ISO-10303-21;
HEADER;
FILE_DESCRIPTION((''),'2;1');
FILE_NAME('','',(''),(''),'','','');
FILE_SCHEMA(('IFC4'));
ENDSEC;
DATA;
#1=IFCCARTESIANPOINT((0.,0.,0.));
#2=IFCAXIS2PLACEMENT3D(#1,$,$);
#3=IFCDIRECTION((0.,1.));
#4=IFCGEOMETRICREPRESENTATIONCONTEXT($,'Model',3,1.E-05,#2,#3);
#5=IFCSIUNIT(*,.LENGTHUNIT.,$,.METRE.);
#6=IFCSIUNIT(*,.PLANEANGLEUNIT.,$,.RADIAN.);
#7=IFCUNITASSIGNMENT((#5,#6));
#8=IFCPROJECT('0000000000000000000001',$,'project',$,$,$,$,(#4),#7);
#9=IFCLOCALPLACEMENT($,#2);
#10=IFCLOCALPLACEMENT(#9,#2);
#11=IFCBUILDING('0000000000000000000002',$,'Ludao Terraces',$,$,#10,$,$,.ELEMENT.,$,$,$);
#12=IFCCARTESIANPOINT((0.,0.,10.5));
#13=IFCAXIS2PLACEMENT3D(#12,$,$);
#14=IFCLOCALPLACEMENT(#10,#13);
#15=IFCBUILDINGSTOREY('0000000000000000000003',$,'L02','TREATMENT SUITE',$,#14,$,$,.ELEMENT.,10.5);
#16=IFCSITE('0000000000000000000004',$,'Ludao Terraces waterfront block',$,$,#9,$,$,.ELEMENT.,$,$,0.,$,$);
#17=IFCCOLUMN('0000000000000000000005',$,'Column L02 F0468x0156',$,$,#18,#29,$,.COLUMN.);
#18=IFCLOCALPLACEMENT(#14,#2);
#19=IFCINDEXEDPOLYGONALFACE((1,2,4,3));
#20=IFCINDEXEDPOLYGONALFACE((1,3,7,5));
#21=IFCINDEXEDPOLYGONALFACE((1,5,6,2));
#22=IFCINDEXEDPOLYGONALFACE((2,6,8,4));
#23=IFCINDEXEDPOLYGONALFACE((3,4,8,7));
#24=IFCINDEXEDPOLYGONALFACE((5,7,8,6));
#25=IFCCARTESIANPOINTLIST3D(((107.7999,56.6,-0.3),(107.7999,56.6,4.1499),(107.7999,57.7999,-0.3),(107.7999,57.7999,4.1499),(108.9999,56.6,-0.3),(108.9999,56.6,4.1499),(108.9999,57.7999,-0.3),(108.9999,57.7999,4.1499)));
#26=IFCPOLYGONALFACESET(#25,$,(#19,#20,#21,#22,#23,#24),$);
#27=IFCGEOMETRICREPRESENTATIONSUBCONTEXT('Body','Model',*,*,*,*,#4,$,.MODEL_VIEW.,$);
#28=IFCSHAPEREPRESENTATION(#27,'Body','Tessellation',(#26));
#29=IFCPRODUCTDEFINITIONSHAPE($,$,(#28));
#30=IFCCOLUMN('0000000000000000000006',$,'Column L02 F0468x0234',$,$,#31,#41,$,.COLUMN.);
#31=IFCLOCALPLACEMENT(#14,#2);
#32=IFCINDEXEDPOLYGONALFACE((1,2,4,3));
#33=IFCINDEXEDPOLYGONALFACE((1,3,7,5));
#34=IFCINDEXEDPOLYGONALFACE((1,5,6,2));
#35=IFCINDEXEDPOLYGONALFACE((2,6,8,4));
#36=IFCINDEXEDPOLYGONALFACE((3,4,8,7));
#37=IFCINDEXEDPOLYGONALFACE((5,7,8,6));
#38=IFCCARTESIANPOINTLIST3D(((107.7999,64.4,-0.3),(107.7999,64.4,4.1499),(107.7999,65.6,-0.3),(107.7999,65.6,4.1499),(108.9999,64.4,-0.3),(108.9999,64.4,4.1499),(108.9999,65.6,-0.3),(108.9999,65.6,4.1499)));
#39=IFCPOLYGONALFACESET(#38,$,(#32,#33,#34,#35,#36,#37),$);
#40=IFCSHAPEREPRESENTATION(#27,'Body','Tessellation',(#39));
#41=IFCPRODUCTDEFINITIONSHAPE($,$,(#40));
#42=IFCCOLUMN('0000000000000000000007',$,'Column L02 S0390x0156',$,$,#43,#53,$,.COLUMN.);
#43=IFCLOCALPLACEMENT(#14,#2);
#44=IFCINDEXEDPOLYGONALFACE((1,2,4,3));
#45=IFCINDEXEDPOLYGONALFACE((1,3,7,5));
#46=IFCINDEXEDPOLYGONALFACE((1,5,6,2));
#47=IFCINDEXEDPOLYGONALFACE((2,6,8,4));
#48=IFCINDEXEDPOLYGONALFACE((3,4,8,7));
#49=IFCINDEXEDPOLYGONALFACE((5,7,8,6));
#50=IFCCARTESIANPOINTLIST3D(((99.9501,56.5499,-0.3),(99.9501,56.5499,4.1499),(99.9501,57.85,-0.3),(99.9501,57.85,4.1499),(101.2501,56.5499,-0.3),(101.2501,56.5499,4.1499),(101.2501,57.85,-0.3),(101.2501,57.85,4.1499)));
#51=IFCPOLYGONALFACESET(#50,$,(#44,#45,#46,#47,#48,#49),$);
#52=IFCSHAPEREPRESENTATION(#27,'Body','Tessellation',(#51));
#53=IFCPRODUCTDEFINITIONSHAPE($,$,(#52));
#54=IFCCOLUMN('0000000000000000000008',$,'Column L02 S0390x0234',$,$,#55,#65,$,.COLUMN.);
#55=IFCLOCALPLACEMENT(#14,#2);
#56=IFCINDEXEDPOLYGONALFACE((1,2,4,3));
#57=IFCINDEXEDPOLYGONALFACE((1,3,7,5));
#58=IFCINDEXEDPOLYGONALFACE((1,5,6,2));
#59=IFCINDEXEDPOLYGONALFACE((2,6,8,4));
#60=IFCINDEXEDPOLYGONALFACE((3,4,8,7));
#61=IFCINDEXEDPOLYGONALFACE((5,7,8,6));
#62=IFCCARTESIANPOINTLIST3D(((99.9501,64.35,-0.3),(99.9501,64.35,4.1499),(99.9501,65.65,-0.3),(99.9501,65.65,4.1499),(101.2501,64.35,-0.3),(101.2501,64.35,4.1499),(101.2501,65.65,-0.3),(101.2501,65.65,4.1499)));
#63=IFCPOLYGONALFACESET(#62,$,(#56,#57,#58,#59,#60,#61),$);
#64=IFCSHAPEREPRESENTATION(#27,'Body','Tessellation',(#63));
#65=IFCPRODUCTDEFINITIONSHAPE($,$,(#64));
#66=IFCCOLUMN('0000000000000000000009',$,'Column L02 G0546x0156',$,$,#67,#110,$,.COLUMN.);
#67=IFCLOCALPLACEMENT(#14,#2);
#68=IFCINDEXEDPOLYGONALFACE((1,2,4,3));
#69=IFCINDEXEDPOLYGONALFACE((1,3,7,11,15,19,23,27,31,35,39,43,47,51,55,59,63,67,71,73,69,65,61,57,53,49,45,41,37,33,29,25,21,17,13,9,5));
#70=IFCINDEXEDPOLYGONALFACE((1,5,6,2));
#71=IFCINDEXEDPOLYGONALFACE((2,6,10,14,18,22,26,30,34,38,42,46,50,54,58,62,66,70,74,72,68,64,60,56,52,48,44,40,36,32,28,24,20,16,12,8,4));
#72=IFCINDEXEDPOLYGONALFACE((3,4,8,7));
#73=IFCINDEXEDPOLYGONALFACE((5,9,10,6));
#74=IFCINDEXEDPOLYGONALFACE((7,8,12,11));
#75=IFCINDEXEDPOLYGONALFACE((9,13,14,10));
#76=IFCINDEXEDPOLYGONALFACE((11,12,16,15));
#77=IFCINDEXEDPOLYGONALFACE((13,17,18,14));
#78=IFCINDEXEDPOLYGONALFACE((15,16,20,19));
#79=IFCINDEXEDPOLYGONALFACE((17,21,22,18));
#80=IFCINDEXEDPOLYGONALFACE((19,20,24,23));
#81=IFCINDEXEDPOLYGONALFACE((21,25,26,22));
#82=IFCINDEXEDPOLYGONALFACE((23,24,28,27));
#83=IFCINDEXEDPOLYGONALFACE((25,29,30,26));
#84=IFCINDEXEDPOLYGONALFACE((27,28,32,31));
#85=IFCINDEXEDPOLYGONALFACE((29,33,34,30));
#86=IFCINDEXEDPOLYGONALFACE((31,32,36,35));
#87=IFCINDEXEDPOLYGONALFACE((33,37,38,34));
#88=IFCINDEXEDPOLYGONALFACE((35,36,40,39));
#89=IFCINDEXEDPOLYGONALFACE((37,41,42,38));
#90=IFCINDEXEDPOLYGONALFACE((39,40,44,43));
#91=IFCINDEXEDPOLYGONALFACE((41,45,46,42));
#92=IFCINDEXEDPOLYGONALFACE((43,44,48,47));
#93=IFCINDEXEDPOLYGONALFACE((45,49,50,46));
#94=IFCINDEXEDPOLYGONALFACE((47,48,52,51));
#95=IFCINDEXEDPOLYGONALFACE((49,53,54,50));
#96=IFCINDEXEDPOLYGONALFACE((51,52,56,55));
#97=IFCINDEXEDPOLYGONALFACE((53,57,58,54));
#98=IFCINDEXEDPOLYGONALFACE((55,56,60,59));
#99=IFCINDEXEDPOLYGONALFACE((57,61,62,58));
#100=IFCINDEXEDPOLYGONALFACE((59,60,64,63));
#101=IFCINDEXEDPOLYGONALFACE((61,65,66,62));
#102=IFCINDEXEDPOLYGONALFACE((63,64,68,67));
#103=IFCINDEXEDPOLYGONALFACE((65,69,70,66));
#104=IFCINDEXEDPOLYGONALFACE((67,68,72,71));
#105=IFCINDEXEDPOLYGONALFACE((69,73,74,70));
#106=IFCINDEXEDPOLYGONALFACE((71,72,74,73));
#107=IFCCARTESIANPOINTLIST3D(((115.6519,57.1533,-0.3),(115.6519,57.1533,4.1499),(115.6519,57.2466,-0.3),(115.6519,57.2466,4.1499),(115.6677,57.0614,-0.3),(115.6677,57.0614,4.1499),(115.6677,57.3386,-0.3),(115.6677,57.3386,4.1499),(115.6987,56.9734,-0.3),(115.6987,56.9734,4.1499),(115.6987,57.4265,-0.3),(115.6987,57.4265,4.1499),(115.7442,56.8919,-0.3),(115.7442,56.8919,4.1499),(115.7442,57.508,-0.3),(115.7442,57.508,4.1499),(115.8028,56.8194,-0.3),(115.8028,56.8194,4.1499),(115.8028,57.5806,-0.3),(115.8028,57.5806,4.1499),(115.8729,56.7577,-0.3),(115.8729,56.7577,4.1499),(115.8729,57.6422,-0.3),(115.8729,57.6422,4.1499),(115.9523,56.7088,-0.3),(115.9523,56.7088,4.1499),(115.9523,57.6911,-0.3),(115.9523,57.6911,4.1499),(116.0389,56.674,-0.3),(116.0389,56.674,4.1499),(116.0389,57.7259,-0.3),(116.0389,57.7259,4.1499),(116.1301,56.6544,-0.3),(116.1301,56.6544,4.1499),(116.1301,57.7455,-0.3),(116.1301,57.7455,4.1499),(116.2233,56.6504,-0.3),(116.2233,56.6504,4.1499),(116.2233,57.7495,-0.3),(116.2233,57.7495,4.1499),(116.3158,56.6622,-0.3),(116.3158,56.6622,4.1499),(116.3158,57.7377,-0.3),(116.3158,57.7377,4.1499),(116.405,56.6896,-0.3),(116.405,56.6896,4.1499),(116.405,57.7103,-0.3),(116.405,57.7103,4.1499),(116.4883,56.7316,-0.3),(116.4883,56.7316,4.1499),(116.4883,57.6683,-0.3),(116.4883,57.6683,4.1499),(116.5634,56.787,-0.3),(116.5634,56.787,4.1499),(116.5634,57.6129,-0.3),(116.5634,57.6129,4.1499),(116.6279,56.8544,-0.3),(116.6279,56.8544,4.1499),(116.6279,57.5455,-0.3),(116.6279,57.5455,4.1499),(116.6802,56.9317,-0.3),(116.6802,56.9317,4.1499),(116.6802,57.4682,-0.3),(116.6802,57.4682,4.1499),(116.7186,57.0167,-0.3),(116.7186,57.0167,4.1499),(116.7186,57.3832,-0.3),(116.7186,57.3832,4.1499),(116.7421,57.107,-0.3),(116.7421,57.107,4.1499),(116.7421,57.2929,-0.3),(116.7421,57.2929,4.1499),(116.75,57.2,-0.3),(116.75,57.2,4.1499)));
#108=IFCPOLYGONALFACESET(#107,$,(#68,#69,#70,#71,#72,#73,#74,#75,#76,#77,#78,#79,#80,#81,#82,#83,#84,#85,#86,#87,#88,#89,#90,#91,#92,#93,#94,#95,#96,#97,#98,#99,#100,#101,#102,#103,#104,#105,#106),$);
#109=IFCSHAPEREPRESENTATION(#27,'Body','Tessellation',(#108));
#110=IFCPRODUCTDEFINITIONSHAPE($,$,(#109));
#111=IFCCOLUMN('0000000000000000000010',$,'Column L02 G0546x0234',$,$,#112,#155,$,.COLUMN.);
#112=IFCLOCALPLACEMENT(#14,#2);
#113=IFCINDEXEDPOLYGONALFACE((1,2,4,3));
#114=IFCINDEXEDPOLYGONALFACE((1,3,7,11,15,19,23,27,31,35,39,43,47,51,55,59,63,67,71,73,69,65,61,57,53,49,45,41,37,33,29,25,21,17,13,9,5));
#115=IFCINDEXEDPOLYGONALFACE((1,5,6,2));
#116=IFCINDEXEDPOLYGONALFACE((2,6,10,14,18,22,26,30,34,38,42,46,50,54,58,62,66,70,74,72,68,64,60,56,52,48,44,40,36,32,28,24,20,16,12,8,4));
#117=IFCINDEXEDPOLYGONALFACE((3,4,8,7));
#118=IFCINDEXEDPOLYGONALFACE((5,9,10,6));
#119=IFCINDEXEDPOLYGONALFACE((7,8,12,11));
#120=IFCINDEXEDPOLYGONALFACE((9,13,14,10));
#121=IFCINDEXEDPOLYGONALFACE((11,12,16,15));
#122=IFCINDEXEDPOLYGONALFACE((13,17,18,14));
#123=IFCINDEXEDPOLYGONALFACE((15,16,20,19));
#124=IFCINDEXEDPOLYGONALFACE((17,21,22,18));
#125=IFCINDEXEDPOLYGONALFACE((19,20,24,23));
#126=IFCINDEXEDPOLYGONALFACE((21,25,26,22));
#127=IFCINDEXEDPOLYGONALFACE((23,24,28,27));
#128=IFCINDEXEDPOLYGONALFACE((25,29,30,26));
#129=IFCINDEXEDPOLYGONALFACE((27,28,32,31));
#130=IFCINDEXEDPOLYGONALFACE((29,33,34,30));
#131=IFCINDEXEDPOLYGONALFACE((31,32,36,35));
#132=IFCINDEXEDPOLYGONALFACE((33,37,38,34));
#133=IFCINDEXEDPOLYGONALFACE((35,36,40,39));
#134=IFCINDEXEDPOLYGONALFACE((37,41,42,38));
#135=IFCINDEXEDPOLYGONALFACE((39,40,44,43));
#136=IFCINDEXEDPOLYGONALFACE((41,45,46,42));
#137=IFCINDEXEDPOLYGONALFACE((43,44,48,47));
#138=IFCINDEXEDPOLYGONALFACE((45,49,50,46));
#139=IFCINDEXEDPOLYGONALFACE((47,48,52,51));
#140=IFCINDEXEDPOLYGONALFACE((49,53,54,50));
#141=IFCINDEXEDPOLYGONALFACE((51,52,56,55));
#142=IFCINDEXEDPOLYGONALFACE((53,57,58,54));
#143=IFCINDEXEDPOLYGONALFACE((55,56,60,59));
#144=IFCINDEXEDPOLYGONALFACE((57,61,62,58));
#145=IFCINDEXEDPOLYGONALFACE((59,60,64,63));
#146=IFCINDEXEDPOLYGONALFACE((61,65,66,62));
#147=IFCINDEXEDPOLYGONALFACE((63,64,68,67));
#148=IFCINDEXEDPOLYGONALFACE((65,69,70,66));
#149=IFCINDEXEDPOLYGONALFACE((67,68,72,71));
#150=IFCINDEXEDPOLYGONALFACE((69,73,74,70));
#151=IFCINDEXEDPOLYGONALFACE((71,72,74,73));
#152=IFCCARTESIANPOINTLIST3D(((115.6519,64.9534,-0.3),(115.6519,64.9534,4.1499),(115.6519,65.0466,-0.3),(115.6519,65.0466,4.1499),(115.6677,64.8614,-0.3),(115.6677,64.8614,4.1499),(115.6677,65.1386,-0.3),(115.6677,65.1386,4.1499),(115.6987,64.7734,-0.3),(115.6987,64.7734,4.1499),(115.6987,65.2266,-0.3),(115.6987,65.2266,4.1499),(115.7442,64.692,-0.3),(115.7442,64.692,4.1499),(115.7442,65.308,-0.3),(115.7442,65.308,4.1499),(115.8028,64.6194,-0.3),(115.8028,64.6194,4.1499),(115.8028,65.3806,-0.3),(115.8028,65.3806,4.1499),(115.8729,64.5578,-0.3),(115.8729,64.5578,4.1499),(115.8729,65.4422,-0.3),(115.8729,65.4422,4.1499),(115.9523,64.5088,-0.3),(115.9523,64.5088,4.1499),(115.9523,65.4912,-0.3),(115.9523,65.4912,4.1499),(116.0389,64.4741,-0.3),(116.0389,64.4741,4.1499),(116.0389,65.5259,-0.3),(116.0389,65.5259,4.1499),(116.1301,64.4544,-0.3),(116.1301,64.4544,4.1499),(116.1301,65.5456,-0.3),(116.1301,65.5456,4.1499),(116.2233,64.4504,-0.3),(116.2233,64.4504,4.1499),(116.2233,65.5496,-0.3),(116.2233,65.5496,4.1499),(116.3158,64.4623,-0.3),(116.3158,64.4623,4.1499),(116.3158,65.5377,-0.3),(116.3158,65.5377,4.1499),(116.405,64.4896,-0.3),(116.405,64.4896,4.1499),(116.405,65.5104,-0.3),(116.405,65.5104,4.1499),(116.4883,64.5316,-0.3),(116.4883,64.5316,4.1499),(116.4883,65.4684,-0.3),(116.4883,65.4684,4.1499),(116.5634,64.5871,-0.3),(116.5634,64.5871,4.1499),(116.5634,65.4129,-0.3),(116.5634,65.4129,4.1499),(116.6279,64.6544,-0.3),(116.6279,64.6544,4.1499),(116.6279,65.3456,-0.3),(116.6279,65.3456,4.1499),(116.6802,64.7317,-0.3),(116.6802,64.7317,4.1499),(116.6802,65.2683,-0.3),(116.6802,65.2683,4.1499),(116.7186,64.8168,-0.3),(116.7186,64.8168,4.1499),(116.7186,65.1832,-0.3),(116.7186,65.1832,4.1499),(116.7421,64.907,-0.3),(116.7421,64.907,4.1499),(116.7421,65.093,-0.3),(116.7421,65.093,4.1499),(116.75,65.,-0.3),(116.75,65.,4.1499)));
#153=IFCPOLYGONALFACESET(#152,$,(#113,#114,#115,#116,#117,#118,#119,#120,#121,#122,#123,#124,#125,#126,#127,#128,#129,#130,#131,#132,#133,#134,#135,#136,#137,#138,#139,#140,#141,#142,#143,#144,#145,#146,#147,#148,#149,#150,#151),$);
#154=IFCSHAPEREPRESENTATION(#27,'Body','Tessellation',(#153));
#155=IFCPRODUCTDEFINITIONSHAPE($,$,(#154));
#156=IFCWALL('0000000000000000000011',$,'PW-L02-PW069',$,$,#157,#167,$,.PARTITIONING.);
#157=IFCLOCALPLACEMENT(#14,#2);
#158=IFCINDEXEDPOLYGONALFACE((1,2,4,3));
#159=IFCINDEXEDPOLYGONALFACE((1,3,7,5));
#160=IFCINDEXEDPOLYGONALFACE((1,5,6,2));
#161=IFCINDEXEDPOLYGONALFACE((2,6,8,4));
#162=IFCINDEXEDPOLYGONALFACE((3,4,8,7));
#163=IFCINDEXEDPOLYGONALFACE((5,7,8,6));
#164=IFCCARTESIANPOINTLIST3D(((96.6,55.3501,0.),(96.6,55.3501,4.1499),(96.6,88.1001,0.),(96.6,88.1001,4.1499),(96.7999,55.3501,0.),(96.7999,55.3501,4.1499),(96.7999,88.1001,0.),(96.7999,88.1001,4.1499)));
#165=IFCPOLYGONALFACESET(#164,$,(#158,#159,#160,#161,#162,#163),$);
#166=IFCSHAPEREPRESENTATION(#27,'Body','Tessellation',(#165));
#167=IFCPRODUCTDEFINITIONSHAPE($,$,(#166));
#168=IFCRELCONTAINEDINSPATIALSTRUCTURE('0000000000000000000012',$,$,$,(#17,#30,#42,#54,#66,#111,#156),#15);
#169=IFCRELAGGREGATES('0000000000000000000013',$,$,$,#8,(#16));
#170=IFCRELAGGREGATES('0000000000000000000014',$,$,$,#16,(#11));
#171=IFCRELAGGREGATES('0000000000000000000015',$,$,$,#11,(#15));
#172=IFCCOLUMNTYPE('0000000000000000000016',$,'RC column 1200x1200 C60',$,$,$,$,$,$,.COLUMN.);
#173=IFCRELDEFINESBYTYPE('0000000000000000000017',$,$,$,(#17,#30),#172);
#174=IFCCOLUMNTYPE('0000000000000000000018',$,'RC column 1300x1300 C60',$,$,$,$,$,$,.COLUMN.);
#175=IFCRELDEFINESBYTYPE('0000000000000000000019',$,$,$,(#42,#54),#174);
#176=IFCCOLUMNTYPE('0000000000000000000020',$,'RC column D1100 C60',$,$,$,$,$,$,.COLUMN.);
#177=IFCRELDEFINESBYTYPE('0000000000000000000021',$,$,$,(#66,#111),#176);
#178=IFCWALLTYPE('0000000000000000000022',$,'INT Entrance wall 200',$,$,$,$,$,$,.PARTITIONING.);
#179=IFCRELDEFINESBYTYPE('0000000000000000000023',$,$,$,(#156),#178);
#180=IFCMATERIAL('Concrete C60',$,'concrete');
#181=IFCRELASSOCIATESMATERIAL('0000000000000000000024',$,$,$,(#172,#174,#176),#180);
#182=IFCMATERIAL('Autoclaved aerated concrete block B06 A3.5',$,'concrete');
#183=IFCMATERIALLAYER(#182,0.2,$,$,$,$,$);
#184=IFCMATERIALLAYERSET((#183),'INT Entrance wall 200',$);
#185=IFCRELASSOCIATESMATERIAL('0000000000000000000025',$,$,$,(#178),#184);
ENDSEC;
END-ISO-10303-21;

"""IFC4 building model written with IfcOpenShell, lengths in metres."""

from ifc_helpers import new_model, si_unit, direction, frame, frame_2d, origin, origin_2d, place, context, subcontext, project, spatial, rectangle, circle, extrude, material, layer, layer_set, material_profile, profile_set, type_object, element, save


model = new_model("IFC4")

# Units and contexts
model_context = context("Model", 3, precision=1e-05, world=origin(), true_north=direction((0.0, 1.0)))
body_context = subcontext(model_context, "Body", "Model", "MODEL_VIEW")
ifc_project = project(units=[si_unit("LENGTHUNIT", "METRE"), si_unit("PLANEANGLEUNIT", "RADIAN")], contexts=[model_context])

# Site, building, storey
site_placement = place(None, origin())
site = spatial("IfcSite", under=ifc_project, at=site_placement, Name="Ludao Terraces waterfront block", CompositionType="ELEMENT", RefElevation=0.0)
building_placement = place(site_placement, origin())
building = spatial("IfcBuilding", under=site, at=building_placement, Name="Ludao Terraces", CompositionType="ELEMENT")
storey_placement = place(building_placement, frame((0.0, 0.0, 10.5)))
storey = spatial("IfcBuildingStorey", under=building, at=storey_placement, Name="L02", Description="TREATMENT SUITE", CompositionType="ELEMENT", Elevation=10.5)

# Columns
ifc_material_1 = material(Name="Concrete C60", Category="concrete")
ifc_material_profile_1 = material_profile(ifc_material_1, rectangle(XDim=1.2, YDim=1.2, at=origin_2d()), Name="1200 X 1200")
ifc_profile_set_1 = profile_set([ifc_material_profile_1], Name="Concrete C60")
column_type_1 = type_object("IfcColumnType", Name="RC column 1200x1200 C60", PredefinedType="COLUMN", material=ifc_profile_set_1)
for number, where, z_axis, x_axis, name in (
    (1, (108.3999, 57.2, -0.3), (0.0, 0.0, 1.0), (1.0, 0.0, 0.0), "Column L02 F0468x0156"),
    (2, (108.3999, 65.0, -0.3), (0.0, 0.0, 1.0), (1.0, 0.0, 0.0), "Column L02 F0468x0234"),
):
    element("IfcColumn", number, at=place(storey_placement, frame(where, z_axis=z_axis, x_axis=x_axis)), inside=storey, type_object=column_type_1, Name=name, PredefinedType="COLUMN", context=body_context, shape_type="SweptSolid", body=[
        extrude(rectangle(XDim=1.2, YDim=1.2, at=origin_2d()), origin(), (0.0, 0.0, 1.0), 4.45),
    ])
ifc_material_profile_2 = material_profile(ifc_material_1, rectangle(XDim=1.3, YDim=1.3, at=origin_2d()), Name="1300 X 1300")
ifc_profile_set_2 = profile_set([ifc_material_profile_2], Name="Concrete C60")
column_type_2 = type_object("IfcColumnType", Name="RC column 1300x1300 C60", PredefinedType="COLUMN", material=ifc_profile_set_2)
for number, where, z_axis, x_axis, name in (
    (3, (100.6001, 57.2, -0.3), (0.0, 0.0, 1.0), (1.0, 0.0, 0.0), "Column L02 S0390x0156"),
    (4, (100.6001, 65.0, -0.3), (0.0, 0.0, 1.0), (1.0, 0.0, 0.0), "Column L02 S0390x0234"),
):
    element("IfcColumn", number, at=place(storey_placement, frame(where, z_axis=z_axis, x_axis=x_axis)), inside=storey, type_object=column_type_2, Name=name, PredefinedType="COLUMN", context=body_context, shape_type="SweptSolid", body=[
        extrude(rectangle(XDim=1.3, YDim=1.3, at=origin_2d()), origin(), (0.0, 0.0, 1.0), 4.45),
    ])
ifc_material_profile_3 = material_profile(ifc_material_1, circle(Radius=0.55, at=origin_2d()), Name="D1100")
ifc_profile_set_3 = profile_set([ifc_material_profile_3], Name="Concrete C60")
column_type_3 = type_object("IfcColumnType", Name="RC column D1100 C60", PredefinedType="COLUMN", material=ifc_profile_set_3)
for number, where, z_axis, x_axis, name in (
    (5, (116.2, 57.2, -0.3), (0.0, 0.0, 1.0), (1.0, 0.0, 0.0), "Column L02 G0546x0156"),
    (6, (116.2, 65.0, -0.3), (0.0, 0.0, 1.0), (1.0, 0.0, 0.0), "Column L02 G0546x0234"),
):
    element("IfcColumn", number, at=place(storey_placement, frame(where, z_axis=z_axis, x_axis=x_axis)), inside=storey, type_object=column_type_3, Name=name, PredefinedType="COLUMN", context=body_context, shape_type="SweptSolid", body=[
        extrude(circle(Radius=0.55, at=origin_2d()), origin(), (0.0, 0.0, 1.0), 4.45),
    ])

# Wall
ifc_material_2 = material(Name="Autoclaved aerated concrete block B06 A3.5", Category="concrete")
ifc_layer_1 = layer(ifc_material_2, 0.2)
ifc_layer_set_1 = layer_set([ifc_layer_1], Name="INT Entrance wall 200")
wall_type_1 = type_object("IfcWallType", Name="INT Entrance wall 200", PredefinedType="PARTITIONING", material=ifc_layer_set_1)
wall_1_placement = place(storey_placement, frame((96.7, 55.3501, 0.0), z_axis=(0.0, 0.0, 1.0), x_axis=(0.0, 1.0, 0.0)))
element("IfcWall", 7, at=wall_1_placement, inside=storey, type_object=wall_type_1, Name="PW-L02-PW069", PredefinedType="PARTITIONING", context=body_context, shape_type="SweptSolid", body=[
    extrude(rectangle(XDim=32.75, YDim=0.2, at=frame_2d((16.375, 0.0))), origin(), (0.0, 0.0, 1.0), 4.1499),
])

save(model, "model.ifc")
